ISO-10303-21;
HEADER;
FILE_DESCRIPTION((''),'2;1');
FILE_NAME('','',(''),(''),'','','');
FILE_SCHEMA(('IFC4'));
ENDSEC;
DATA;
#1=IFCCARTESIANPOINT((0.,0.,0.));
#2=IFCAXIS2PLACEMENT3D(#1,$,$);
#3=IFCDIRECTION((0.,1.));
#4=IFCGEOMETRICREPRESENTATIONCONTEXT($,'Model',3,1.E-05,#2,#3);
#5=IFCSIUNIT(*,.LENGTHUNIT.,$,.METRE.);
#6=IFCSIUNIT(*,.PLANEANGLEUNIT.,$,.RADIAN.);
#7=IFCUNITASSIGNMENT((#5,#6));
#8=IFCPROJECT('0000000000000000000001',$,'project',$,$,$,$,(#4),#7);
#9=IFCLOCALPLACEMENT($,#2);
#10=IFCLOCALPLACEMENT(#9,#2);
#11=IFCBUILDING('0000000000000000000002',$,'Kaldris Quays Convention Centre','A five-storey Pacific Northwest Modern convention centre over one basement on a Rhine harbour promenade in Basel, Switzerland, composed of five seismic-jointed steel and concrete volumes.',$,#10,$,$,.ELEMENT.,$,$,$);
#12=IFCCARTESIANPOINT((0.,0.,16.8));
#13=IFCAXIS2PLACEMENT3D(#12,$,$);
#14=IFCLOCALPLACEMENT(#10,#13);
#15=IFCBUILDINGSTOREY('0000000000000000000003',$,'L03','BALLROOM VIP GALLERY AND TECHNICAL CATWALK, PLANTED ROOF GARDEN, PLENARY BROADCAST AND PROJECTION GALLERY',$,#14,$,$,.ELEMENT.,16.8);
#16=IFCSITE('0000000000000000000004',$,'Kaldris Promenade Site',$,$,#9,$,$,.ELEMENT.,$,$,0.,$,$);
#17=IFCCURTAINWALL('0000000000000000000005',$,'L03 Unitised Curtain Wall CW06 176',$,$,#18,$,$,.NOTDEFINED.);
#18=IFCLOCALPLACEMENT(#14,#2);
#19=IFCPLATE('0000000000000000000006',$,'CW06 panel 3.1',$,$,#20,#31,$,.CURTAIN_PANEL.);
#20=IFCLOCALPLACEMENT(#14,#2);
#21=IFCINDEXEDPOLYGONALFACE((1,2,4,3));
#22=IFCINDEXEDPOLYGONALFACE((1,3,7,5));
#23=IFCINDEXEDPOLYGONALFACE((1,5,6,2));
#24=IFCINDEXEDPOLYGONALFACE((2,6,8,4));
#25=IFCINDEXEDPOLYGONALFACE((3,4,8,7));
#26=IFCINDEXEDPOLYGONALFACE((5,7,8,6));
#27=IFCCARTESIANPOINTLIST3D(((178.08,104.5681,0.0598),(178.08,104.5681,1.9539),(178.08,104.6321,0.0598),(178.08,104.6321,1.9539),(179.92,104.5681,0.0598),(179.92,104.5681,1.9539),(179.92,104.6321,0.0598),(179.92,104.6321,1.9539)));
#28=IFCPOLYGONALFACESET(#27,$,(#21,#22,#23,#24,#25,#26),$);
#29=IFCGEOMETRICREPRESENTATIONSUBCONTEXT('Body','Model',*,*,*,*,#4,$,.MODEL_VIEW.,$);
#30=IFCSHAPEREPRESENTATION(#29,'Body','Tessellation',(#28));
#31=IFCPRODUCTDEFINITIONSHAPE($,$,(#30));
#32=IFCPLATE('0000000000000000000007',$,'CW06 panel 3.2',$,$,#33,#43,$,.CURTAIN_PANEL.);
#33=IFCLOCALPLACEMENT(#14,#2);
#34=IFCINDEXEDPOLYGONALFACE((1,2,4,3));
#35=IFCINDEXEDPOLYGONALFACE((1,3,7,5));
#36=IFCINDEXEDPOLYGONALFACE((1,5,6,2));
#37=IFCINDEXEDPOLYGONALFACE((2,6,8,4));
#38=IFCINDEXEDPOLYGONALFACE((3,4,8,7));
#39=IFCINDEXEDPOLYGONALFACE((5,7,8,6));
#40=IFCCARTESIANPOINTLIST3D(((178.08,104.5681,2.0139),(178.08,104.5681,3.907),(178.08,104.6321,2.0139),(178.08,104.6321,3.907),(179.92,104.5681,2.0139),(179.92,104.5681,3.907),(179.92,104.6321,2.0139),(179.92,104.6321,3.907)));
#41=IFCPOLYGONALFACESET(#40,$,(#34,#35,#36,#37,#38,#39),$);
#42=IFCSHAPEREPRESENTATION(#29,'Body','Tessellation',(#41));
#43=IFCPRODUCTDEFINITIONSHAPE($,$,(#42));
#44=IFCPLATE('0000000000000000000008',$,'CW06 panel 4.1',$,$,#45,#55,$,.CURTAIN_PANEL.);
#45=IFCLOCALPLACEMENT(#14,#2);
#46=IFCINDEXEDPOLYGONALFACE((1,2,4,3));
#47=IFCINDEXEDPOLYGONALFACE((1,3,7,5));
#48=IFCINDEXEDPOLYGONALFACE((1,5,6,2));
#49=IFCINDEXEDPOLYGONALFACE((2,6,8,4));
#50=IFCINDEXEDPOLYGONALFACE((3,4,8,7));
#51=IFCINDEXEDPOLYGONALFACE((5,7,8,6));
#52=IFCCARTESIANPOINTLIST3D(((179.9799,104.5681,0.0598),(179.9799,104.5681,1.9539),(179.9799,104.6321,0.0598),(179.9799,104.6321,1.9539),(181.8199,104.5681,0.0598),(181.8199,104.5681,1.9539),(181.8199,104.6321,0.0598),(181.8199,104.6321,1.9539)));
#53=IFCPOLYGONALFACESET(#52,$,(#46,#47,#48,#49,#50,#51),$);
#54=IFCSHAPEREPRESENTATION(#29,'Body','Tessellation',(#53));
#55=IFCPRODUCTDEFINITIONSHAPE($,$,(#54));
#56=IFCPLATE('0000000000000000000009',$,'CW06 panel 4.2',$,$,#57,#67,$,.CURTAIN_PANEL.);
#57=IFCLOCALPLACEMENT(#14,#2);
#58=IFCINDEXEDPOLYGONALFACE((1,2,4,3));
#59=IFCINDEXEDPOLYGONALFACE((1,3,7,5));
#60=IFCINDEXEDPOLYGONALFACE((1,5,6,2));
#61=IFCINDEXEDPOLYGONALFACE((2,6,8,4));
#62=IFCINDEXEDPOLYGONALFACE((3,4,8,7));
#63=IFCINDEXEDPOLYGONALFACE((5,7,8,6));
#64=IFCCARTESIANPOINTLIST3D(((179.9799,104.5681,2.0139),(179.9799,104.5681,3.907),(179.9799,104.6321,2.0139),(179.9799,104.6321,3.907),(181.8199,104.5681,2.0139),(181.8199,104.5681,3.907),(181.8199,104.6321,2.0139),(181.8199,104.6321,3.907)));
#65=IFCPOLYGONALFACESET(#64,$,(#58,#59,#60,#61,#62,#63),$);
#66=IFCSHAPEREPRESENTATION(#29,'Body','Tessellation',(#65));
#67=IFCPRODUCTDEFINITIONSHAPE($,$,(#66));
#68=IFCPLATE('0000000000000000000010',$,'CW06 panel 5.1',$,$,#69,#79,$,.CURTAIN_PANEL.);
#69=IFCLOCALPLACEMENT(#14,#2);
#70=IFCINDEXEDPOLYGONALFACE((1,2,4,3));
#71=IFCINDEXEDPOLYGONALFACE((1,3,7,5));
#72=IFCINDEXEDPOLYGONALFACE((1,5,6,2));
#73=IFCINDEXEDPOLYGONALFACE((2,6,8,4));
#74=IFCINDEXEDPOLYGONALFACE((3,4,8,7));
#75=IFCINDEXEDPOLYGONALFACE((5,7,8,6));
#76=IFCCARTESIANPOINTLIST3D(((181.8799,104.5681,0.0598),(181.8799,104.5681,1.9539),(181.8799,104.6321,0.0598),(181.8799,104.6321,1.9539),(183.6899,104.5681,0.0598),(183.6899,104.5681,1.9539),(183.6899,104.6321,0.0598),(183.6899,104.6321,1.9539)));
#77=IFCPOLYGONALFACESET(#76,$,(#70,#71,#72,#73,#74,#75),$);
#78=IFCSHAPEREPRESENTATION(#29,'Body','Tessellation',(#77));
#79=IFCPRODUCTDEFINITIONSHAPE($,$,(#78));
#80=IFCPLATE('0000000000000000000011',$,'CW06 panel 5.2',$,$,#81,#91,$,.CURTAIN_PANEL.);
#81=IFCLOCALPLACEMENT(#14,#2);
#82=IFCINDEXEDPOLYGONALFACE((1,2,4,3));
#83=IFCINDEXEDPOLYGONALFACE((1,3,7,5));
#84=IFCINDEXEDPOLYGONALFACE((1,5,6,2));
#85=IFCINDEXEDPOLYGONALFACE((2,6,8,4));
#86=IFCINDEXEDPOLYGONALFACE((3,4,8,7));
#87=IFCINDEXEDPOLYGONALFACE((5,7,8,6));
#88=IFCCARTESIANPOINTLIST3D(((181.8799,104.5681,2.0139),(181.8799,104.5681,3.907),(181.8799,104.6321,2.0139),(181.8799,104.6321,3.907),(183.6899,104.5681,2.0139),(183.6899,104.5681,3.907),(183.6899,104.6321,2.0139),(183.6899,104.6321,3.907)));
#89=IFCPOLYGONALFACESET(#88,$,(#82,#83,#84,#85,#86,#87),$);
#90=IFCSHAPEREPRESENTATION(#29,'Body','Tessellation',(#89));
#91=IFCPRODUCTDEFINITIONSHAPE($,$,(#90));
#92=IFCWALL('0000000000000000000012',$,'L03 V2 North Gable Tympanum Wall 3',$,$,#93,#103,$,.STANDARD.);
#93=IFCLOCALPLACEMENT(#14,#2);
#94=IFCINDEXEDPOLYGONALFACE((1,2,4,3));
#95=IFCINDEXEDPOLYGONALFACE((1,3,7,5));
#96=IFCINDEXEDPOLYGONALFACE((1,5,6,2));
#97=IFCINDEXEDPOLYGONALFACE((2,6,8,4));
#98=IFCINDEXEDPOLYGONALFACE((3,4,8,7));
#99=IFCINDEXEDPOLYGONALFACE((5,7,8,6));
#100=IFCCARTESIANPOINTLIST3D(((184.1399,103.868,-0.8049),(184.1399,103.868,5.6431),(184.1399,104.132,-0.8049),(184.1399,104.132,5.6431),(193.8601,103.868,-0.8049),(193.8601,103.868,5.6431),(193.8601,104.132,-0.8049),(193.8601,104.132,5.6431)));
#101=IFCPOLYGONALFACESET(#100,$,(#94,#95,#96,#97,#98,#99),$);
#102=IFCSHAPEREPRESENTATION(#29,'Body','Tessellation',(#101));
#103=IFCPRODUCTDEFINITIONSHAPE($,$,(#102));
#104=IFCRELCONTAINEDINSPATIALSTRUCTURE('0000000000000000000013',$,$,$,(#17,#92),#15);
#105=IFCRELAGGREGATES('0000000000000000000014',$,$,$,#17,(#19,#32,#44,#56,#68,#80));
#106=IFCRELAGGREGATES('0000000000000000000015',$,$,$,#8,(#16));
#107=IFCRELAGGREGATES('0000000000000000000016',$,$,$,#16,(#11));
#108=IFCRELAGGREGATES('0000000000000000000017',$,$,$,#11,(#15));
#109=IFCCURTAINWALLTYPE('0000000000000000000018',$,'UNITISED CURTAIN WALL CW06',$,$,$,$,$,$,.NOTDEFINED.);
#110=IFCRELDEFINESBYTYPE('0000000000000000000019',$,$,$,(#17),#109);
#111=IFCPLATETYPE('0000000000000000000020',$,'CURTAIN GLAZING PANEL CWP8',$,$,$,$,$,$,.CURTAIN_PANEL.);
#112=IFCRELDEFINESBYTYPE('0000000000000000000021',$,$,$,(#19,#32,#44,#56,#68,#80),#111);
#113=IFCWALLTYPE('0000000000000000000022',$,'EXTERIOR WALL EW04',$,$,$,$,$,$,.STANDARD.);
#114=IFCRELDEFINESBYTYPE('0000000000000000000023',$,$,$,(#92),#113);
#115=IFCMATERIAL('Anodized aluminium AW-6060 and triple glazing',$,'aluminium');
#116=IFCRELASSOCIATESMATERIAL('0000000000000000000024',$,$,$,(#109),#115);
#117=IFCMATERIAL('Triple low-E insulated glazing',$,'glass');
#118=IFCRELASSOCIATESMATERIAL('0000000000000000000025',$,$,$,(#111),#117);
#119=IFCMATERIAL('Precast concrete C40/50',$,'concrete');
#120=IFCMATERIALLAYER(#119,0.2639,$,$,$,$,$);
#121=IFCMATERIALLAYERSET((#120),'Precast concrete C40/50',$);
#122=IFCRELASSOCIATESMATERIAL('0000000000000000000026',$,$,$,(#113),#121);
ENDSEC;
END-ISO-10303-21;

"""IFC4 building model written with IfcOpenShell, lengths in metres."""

from ifc_helpers import new_model, si_unit, direction, frame, frame_2d, origin, origin_2d, place, context, subcontext, project, spatial, rectangle, extrude, material, layer, layer_set, type_object, element, aggregate, save


model = new_model("IFC4")

# Units and contexts
model_context = context("Model", 3, precision=1e-05, world=origin(), true_north=direction((0.0, 1.0)))
body_context = subcontext(model_context, "Body", "Model", "MODEL_VIEW")
ifc_project = project(units=[si_unit("LENGTHUNIT", "METRE"), si_unit("PLANEANGLEUNIT", "RADIAN")], contexts=[model_context])

# Site, building, storey
site_placement = place(None, origin())
site = spatial("IfcSite", under=ifc_project, at=site_placement, Name="Kaldris Promenade Site", CompositionType="ELEMENT", RefElevation=0.0)
building_placement = place(site_placement, origin())
building = spatial("IfcBuilding", under=site, at=building_placement, Name="Kaldris Quays Convention Centre", Description="A five-storey Pacific Northwest Modern convention centre over one basement on a Rhine harbour promenade in Basel, Switzerland, composed of five seismic-jointed steel and concrete volumes.", CompositionType="ELEMENT")
storey_placement = place(building_placement, frame((0.0, 0.0, 16.8)))
storey = spatial("IfcBuildingStorey", under=building, at=storey_placement, Name="L03", Description="BALLROOM VIP GALLERY AND TECHNICAL CATWALK, PLANTED ROOF GARDEN, PLENARY BROADCAST AND PROJECTION GALLERY", CompositionType="ELEMENT", Elevation=16.8)

# Curtain wall
ifc_material_1 = material(Name="Anodized aluminium AW-6060 and triple glazing", Category="aluminium")
curtain_wall_type = type_object("IfcCurtainWallType", Name="UNITISED CURTAIN WALL CW06", PredefinedType="NOTDEFINED", material=ifc_material_1)
curtain_wall_1_placement = place(storey_placement, origin())
curtain_wall_1 = element("IfcCurtainWall", 1, at=curtain_wall_1_placement, inside=storey, type_object=curtain_wall_type, Name="L03 Unitised Curtain Wall CW06 176", PredefinedType="NOTDEFINED")

# Plates
ifc_material_2 = material(Name="Triple low-E insulated glazing", Category="glass")
plate_type_1 = type_object("IfcPlateType", Name="CURTAIN GLAZING PANEL CWP8", PredefinedType="CURTAIN_PANEL", material=ifc_material_2)
plate_1_placement = place(storey_placement, frame((179.0, 104.6001, 0.0598), z_axis=(0.0, 0.0, 1.0), x_axis=(1.0, 0.0, 0.0)))
plate_1 = element("IfcPlate", 2, at=plate_1_placement, type_object=plate_type_1, Name="CW06 panel 3.1", PredefinedType="CURTAIN_PANEL", context=body_context, shape_type="SweptSolid", body=[
    extrude(rectangle(XDim=1.8401, YDim=0.064, at=origin_2d()), origin(), (0.0, 0.0, 1.0), 1.894),
])
plate_2_placement = place(storey_placement, frame((179.0, 104.6001, 2.0139), z_axis=(0.0, 0.0, 1.0), x_axis=(1.0, 0.0, 0.0)))
plate_2 = element("IfcPlate", 3, at=plate_2_placement, type_object=plate_type_1, Name="CW06 panel 3.2", PredefinedType="CURTAIN_PANEL", context=body_context, shape_type="SweptSolid", body=[
    extrude(rectangle(XDim=1.8401, YDim=0.064, at=origin_2d()), origin(), (0.0, 0.0, 1.0), 1.8931),
])
plate_3_placement = place(storey_placement, frame((180.8999, 104.6001, 0.0598), z_axis=(0.0, 0.0, 1.0), x_axis=(1.0, 0.0, 0.0)))
plate_3 = element("IfcPlate", 4, at=plate_3_placement, type_object=plate_type_1, Name="CW06 panel 4.1", PredefinedType="CURTAIN_PANEL", context=body_context, shape_type="SweptSolid", body=[
    extrude(rectangle(XDim=1.8401, YDim=0.064, at=origin_2d()), origin(), (0.0, 0.0, 1.0), 1.894),
])
plate_4_placement = place(storey_placement, frame((180.8999, 104.6001, 2.0139), z_axis=(0.0, 0.0, 1.0), x_axis=(1.0, 0.0, 0.0)))
plate_4 = element("IfcPlate", 5, at=plate_4_placement, type_object=plate_type_1, Name="CW06 panel 4.2", PredefinedType="CURTAIN_PANEL", context=body_context, shape_type="SweptSolid", body=[
    extrude(rectangle(XDim=1.8401, YDim=0.064, at=origin_2d()), origin(), (0.0, 0.0, 1.0), 1.8931),
])
plate_5_placement = place(storey_placement, frame((182.7849, 104.6001, 0.0598), z_axis=(0.0, 0.0, 1.0), x_axis=(1.0, 0.0, 0.0)))
plate_5 = element("IfcPlate", 6, at=plate_5_placement, type_object=plate_type_1, Name="CW06 panel 5.1", PredefinedType="CURTAIN_PANEL", context=body_context, shape_type="SweptSolid", body=[
    extrude(rectangle(XDim=1.8101, YDim=0.064, at=origin_2d()), origin(), (0.0, 0.0, 1.0), 1.894),
])
plate_6_placement = place(storey_placement, frame((182.7849, 104.6001, 2.0139), z_axis=(0.0, 0.0, 1.0), x_axis=(1.0, 0.0, 0.0)))
plate_6 = element("IfcPlate", 7, at=plate_6_placement, type_object=plate_type_1, Name="CW06 panel 5.2", PredefinedType="CURTAIN_PANEL", context=body_context, shape_type="SweptSolid", body=[
    extrude(rectangle(XDim=1.8101, YDim=0.064, at=origin_2d()), origin(), (0.0, 0.0, 1.0), 1.8931),
])
aggregate(curtain_wall_1, [plate_1, plate_2, plate_3, plate_4, plate_5, plate_6])

# Wall
ifc_material_3 = material(Name="Precast concrete C40/50", Category="concrete")
ifc_layer = layer(ifc_material_3, 0.2639)
ifc_layer_set = layer_set([ifc_layer], Name="Precast concrete C40/50")
wall_type = type_object("IfcWallType", Name="EXTERIOR WALL EW04", PredefinedType="STANDARD", material=ifc_layer_set)
wall_placement = place(storey_placement, frame((184.1399, 104.0, -0.8049), z_axis=(0.0, 0.0, 1.0), x_axis=(1.0, 0.0, 0.0)))
element("IfcWall", 8, at=wall_placement, inside=storey, type_object=wall_type, Name="L03 V2 North Gable Tympanum Wall 3", PredefinedType="STANDARD", context=body_context, shape_type="SweptSolid", body=[
    extrude(rectangle(XDim=9.7202, YDim=0.2639, at=frame_2d((4.8601, 0.0))), origin(), (0.0, 0.0, 1.0), 6.448),
])

save(model, "model.ifc")
